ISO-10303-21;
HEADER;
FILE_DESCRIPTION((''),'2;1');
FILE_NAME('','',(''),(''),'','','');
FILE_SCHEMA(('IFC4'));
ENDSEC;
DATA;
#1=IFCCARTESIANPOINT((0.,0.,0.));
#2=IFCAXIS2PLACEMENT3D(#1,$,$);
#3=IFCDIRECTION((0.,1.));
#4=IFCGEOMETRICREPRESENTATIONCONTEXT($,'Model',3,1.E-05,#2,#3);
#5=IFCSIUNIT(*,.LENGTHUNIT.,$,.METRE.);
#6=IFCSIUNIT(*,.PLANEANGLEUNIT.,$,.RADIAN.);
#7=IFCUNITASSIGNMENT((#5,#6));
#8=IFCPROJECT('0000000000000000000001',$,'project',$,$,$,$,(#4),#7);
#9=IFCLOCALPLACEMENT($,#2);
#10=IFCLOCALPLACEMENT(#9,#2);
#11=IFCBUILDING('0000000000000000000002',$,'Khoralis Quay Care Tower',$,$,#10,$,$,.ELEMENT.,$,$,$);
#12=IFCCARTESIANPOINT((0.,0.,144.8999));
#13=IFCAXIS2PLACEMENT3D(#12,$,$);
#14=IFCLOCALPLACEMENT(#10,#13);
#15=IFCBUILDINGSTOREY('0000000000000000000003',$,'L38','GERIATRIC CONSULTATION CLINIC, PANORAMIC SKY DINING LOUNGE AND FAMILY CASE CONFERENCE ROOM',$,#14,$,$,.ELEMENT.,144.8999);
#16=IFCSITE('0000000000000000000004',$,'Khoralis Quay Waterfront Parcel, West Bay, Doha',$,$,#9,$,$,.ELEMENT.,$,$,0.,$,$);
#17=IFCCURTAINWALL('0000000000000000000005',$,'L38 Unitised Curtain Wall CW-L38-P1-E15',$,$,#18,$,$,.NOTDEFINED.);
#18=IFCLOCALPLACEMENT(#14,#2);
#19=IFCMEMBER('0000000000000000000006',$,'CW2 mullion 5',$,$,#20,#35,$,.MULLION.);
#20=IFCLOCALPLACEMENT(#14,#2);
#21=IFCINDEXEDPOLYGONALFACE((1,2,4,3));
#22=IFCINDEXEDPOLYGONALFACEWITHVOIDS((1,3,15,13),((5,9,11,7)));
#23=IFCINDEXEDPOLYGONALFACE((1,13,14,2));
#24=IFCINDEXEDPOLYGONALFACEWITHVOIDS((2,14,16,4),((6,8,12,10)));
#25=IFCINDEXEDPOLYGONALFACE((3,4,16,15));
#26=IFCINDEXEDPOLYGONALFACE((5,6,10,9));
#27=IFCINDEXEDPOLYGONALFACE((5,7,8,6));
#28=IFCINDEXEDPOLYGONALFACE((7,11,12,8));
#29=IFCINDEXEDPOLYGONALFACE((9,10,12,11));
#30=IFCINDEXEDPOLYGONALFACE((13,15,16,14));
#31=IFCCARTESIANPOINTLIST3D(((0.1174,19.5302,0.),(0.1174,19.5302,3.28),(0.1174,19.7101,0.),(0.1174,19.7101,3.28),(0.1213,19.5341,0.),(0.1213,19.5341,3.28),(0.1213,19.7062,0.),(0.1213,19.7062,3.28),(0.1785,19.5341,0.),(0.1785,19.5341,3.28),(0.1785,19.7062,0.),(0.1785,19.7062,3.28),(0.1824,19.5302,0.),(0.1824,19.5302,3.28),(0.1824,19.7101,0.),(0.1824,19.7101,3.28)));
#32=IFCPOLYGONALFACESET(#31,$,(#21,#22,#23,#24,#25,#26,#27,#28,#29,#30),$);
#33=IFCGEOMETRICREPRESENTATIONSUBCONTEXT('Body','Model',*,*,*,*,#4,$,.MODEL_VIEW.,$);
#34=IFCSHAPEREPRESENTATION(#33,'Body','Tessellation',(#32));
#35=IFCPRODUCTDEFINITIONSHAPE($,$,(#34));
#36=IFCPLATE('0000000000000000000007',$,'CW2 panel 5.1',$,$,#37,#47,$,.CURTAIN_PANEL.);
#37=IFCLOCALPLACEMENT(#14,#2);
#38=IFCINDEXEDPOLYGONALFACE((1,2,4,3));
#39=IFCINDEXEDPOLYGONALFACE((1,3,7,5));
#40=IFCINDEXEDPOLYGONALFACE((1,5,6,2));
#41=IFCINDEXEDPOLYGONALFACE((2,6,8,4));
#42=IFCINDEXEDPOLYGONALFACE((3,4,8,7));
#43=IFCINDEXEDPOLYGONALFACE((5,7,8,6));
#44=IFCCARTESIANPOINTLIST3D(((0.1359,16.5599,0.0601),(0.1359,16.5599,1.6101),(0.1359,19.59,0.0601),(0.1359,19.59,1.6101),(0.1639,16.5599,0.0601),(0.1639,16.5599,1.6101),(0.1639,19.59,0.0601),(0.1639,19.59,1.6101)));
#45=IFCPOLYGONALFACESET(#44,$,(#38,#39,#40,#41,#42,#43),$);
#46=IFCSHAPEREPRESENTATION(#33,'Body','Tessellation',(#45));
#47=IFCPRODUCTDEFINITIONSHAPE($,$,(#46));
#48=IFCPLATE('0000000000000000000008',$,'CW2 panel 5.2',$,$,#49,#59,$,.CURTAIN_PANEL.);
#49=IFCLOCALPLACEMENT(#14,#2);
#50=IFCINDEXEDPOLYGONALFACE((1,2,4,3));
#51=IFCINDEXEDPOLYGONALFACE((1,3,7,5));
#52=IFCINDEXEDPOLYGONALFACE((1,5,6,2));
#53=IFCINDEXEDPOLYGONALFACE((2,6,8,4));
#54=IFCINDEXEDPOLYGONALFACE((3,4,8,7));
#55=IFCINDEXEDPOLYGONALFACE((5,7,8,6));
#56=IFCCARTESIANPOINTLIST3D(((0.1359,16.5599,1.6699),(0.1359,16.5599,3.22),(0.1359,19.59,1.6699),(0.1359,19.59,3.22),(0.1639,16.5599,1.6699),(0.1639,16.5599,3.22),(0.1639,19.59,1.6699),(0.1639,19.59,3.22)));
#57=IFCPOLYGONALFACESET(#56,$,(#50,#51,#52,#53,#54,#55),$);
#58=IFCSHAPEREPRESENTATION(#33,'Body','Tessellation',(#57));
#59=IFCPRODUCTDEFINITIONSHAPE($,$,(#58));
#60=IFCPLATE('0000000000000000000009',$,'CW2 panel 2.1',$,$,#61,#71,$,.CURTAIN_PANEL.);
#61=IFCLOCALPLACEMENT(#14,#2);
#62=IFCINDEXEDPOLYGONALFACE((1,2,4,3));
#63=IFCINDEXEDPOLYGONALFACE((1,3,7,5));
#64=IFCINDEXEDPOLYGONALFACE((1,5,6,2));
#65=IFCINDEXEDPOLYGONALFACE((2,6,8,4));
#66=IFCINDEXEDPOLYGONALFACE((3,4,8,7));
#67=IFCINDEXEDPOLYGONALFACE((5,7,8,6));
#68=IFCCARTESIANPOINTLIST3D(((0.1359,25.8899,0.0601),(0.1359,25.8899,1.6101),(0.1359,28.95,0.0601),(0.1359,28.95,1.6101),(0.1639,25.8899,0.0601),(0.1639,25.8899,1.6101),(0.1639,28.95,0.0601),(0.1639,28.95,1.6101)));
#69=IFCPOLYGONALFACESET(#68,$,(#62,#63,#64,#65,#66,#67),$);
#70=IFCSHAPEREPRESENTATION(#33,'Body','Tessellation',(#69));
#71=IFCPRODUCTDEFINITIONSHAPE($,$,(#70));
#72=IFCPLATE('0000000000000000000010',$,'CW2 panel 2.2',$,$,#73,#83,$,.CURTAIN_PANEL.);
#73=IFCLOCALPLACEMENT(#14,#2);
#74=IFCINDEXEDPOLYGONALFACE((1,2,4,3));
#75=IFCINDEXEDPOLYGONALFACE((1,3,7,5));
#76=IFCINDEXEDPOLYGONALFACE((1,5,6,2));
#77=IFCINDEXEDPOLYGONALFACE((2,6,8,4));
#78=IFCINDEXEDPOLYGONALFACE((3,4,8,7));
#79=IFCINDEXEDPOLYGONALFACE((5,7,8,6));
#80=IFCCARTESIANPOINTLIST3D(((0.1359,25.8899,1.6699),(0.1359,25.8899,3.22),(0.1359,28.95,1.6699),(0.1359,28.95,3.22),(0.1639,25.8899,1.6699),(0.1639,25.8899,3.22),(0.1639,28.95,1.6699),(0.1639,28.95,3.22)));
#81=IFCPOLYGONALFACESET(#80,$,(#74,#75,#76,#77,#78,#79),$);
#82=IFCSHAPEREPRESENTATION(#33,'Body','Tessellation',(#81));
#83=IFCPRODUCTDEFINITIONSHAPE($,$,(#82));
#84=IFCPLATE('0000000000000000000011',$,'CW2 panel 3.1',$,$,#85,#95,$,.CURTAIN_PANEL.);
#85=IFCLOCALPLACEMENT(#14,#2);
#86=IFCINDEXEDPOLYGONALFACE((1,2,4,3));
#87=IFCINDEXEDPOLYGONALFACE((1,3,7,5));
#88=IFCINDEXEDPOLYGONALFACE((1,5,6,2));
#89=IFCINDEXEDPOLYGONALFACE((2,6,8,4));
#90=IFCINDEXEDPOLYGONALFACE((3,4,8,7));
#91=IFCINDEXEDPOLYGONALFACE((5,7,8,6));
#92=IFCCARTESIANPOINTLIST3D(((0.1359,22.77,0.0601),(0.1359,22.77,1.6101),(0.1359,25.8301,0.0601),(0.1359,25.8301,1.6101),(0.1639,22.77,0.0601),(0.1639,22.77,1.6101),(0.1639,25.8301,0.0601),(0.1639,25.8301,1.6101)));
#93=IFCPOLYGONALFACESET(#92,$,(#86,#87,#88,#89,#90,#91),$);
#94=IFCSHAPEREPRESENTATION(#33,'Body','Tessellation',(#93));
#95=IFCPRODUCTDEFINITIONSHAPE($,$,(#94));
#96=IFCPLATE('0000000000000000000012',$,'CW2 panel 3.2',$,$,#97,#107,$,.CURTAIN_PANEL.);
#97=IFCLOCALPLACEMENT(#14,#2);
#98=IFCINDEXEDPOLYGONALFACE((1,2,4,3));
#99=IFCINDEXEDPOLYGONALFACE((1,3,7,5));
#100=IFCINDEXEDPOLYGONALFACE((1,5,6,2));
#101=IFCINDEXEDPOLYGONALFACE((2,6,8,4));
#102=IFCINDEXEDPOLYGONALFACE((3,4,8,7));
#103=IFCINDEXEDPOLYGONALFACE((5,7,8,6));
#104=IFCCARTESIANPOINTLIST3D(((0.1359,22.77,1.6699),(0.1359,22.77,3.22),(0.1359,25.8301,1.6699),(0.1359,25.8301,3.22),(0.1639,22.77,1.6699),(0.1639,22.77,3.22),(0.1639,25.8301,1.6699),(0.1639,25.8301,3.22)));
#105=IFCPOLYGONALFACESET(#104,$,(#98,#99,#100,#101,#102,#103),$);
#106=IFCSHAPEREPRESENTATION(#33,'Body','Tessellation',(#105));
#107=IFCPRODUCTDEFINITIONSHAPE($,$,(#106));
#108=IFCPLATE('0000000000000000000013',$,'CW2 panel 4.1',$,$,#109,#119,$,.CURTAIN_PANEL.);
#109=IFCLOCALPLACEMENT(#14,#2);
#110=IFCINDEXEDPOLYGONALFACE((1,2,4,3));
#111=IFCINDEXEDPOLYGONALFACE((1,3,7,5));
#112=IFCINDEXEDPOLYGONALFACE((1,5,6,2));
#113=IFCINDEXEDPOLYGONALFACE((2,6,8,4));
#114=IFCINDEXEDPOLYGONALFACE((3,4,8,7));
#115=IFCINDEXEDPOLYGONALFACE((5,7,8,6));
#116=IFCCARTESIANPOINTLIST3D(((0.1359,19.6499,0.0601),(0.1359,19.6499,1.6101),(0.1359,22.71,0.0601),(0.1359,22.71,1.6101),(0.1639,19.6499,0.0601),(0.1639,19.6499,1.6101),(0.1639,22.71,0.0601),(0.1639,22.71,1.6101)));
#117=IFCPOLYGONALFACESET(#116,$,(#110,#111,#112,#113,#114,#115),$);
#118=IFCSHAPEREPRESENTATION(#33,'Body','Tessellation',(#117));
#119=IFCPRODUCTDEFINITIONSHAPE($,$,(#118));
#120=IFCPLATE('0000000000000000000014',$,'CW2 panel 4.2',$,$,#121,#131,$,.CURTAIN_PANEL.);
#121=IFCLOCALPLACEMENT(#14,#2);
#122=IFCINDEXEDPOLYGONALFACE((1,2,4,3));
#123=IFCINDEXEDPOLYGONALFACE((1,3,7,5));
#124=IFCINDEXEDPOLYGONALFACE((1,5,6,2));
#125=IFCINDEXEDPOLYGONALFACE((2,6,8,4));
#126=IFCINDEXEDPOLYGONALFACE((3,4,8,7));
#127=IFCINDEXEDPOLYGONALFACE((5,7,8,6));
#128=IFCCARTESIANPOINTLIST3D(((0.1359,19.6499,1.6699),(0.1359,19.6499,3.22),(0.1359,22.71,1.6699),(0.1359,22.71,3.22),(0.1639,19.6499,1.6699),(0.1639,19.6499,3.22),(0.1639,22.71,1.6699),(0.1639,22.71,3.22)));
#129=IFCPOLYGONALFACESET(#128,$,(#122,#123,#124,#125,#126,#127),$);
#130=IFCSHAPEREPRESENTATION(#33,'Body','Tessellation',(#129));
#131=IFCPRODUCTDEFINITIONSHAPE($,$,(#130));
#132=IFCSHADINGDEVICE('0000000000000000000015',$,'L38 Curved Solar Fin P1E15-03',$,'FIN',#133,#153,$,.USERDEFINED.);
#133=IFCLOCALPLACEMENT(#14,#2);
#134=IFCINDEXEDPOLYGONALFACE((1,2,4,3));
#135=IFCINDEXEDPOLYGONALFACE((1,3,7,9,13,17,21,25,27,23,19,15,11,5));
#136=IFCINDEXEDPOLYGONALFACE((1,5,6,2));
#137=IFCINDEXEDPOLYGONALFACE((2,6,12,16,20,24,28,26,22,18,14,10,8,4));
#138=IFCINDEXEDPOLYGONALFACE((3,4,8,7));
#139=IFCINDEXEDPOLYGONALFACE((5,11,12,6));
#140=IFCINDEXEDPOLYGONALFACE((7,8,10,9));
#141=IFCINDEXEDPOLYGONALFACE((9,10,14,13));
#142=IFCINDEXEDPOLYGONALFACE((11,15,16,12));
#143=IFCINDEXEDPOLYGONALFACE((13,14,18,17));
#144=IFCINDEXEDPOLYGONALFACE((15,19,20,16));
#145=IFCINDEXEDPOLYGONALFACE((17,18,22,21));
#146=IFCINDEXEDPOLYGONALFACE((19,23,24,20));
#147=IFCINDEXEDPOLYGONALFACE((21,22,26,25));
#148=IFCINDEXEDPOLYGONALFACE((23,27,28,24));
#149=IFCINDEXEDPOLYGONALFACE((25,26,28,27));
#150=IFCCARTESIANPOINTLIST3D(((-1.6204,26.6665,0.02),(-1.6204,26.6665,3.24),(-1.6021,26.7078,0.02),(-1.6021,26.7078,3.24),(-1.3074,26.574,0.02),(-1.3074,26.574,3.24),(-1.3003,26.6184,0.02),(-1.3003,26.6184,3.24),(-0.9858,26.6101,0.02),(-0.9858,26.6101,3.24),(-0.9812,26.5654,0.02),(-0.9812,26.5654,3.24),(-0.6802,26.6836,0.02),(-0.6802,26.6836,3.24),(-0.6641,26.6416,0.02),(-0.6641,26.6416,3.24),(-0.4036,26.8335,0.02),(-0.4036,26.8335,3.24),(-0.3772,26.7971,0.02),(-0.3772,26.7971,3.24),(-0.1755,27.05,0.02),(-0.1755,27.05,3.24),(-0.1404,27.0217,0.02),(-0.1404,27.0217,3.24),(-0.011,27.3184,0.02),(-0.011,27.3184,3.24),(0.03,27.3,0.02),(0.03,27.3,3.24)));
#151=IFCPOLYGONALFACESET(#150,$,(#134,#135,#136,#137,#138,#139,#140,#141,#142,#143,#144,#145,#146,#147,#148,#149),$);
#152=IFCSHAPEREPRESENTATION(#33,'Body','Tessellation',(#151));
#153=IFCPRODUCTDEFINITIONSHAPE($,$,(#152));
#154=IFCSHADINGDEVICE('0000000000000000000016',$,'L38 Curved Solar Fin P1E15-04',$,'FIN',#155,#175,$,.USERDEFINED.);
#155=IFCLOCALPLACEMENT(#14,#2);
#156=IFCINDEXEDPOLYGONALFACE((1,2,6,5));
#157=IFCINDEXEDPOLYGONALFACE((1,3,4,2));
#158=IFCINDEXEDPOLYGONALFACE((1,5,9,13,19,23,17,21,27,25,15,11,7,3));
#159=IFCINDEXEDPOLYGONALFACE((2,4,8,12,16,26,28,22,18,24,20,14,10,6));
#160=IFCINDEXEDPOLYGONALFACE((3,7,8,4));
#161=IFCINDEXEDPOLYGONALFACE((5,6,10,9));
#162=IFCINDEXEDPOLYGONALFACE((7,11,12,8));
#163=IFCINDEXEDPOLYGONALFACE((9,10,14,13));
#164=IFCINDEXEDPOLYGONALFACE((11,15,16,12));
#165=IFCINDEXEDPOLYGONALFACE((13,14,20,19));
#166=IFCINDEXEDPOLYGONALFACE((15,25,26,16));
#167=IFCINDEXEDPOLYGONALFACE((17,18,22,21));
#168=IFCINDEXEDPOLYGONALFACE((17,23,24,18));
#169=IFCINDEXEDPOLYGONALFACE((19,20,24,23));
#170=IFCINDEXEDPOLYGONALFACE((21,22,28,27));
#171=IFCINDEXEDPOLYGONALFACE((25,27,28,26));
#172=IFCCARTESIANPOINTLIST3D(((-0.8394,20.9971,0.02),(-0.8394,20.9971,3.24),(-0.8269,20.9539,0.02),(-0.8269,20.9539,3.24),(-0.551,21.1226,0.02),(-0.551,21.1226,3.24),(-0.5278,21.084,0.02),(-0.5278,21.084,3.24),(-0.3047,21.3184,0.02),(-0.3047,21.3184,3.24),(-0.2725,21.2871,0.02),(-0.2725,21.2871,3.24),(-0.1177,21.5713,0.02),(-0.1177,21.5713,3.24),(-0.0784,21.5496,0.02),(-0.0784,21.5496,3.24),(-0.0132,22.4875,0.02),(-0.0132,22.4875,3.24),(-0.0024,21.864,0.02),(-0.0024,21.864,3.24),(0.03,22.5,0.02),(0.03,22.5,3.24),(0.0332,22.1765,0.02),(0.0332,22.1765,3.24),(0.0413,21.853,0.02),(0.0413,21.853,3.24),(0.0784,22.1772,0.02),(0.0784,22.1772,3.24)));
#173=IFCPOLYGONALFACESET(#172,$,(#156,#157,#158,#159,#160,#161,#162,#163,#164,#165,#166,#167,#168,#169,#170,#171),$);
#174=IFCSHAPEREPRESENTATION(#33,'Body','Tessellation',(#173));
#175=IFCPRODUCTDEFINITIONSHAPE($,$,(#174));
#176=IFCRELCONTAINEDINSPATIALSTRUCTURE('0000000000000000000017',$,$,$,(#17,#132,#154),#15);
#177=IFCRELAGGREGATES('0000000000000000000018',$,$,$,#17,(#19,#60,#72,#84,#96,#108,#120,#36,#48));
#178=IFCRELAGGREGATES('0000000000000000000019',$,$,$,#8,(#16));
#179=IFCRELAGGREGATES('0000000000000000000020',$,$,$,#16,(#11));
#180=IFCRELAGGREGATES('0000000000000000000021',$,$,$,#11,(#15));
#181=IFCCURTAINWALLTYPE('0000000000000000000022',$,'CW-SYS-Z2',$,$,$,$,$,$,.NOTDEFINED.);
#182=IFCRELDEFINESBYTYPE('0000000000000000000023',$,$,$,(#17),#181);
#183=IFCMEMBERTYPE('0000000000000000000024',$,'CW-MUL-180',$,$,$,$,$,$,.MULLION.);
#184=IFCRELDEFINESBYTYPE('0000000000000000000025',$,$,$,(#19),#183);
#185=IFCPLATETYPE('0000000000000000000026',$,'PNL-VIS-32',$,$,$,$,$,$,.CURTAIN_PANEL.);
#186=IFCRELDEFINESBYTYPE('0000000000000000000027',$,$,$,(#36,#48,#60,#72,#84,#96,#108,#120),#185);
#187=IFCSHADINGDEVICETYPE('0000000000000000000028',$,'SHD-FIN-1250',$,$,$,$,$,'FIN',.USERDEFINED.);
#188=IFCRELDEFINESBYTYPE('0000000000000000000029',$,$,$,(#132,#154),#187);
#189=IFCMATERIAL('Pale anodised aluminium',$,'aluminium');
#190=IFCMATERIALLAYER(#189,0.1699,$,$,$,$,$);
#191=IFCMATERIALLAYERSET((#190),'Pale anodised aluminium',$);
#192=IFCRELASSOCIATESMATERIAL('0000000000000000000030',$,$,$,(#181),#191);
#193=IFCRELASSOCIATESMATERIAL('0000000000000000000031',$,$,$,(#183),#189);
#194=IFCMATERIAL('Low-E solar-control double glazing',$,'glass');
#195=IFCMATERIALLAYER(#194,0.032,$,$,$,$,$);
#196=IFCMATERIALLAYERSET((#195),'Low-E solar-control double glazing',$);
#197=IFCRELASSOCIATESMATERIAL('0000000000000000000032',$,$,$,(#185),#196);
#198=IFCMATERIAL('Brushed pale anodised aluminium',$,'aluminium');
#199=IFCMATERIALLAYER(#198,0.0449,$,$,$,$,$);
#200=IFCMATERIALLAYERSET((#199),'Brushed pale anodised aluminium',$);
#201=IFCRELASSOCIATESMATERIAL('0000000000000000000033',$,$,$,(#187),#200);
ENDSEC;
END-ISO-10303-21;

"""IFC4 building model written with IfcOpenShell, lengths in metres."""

from ifc_helpers import new_model, si_unit, direction, frame, origin, origin_2d, place, context, subcontext, project, spatial, polyline, rectangle, hollow_rectangle, outline, extrude, source, transform, mapped, material, layer, layer_set, material_profile, profile_set, type_object, element, aggregate, save


model = new_model("IFC4")

# Units and contexts
model_context = context("Model", 3, precision=1e-05, world=origin(), true_north=direction((0.0, 1.0)))
body_context = subcontext(model_context, "Body", "Model", "MODEL_VIEW")
ifc_project = project(units=[si_unit("LENGTHUNIT", "METRE"), si_unit("PLANEANGLEUNIT", "RADIAN")], contexts=[model_context])

# Site, building, storey
site_placement = place(None, origin())
site = spatial("IfcSite", under=ifc_project, at=site_placement, Name="Khoralis Quay Waterfront Parcel, West Bay, Doha", CompositionType="ELEMENT", RefElevation=0.0)
building_placement = place(site_placement, origin())
building = spatial("IfcBuilding", under=site, at=building_placement, Name="Khoralis Quay Care Tower", CompositionType="ELEMENT")
storey_placement = place(building_placement, frame((0.0, 0.0, 144.8999)))
storey = spatial("IfcBuildingStorey", under=building, at=storey_placement, Name="L38", Description="GERIATRIC CONSULTATION CLINIC, PANORAMIC SKY DINING LOUNGE AND FAMILY CASE CONFERENCE ROOM", CompositionType="ELEMENT", Elevation=144.8999)

# Curtain wall, member, plates
ifc_material_1 = material(Name="Pale anodised aluminium", Category="aluminium")
ifc_layer_1 = layer(ifc_material_1, 0.1699)
ifc_layer_set_1 = layer_set([ifc_layer_1], Name="Pale anodised aluminium")
curtain_wall_type = type_object("IfcCurtainWallType", Name="CW-SYS-Z2", PredefinedType="NOTDEFINED", material=ifc_layer_set_1)
curtain_wall_placement = place(storey_placement, origin())
curtain_wall = element("IfcCurtainWall", 1, at=curtain_wall_placement, inside=storey, type_object=curtain_wall_type, Name="L38 Unitised Curtain Wall CW-L38-P1-E15", PredefinedType="NOTDEFINED")
ifc_material_profile_1 = material_profile(ifc_material_1, hollow_rectangle(XDim=0.0649, YDim=0.1799, WallThickness=0.0039, at=origin_2d()), Name="Pale anodised aluminium")
ifc_profile_set_1 = profile_set([ifc_material_profile_1], Name="Pale anodised aluminium")
member_type_1 = type_object("IfcMemberType", Name="CW-MUL-180", PredefinedType="MULLION", material=ifc_profile_set_1)
shared_shape_1 = source(origin(), body_context, "Body", "SweptSolid", [
    extrude(hollow_rectangle(XDim=0.0649, YDim=0.1799, WallThickness=0.0039, at=origin_2d()), origin(), (0.0, 0.0, 1.0), 3.28),
])
member_1_placement = place(storey_placement, frame((0.1499, 19.6201, 0.0), z_axis=(0.0, 0.0, 1.0), x_axis=(1.0, 0.0, 0.0)))
member_1 = element("IfcMember", 2, at=member_1_placement, type_object=member_type_1, Name="CW2 mullion 5", PredefinedType="MULLION", context=body_context, shape_type="MappedRepresentation", body=[
    mapped(shared_shape_1, transform((0.0, 0.0, 0.0), scale=1.0)),
])
ifc_material_2 = material(Name="Low-E solar-control double glazing", Category="glass")
ifc_layer_2 = layer(ifc_material_2, 0.032)
ifc_layer_set_2 = layer_set([ifc_layer_2], Name="Low-E solar-control double glazing")
plate_type = type_object("IfcPlateType", Name="PNL-VIS-32", PredefinedType="CURTAIN_PANEL", material=ifc_layer_set_2)
shared_shape_2 = source(origin(), body_context, "Body", "SweptSolid", [
    extrude(rectangle(XDim=3.03, YDim=0.0281, at=origin_2d()), origin(), (0.0, 0.0, 1.0), 1.55),
])
plate_1_placement = place(storey_placement, frame((0.1499, 18.075, 0.0601), z_axis=(0.0, 0.0, 1.0), x_axis=(0.0, -1.0, 0.0)))
plate_1 = element("IfcPlate", 3, at=plate_1_placement, type_object=plate_type, Name="CW2 panel 5.1", PredefinedType="CURTAIN_PANEL", context=body_context, shape_type="MappedRepresentation", body=[
    mapped(shared_shape_2, transform((0.0, 0.0, 0.0), scale=1.0)),
])
plate_2_placement = place(storey_placement, frame((0.1499, 18.075, 1.6699), z_axis=(0.0, 0.0, 1.0), x_axis=(0.0, -1.0, 0.0)))
plate_2 = element("IfcPlate", 4, at=plate_2_placement, type_object=plate_type, Name="CW2 panel 5.2", PredefinedType="CURTAIN_PANEL", context=body_context, shape_type="MappedRepresentation", body=[
    mapped(shared_shape_2, transform((0.0, 0.0, 0.0), scale=1.0)),
])
shared_shape_3 = source(origin(), body_context, "Body", "SweptSolid", [
    extrude(rectangle(XDim=3.0601, YDim=0.0281, at=origin_2d()), origin(), (0.0, 0.0, 1.0), 1.55),
])
plate_3_placement = place(storey_placement, frame((0.1499, 27.4199, 0.0601), z_axis=(0.0, 0.0, 1.0), x_axis=(0.0, -1.0, 0.0)))
plate_3 = element("IfcPlate", 5, at=plate_3_placement, type_object=plate_type, Name="CW2 panel 2.1", PredefinedType="CURTAIN_PANEL", context=body_context, shape_type="MappedRepresentation", body=[
    mapped(shared_shape_3, transform((0.0, 0.0, 0.0), scale=1.0)),
])
plate_4_placement = place(storey_placement, frame((0.1499, 27.4199, 1.6699), z_axis=(0.0, 0.0, 1.0), x_axis=(0.0, -1.0, 0.0)))
plate_4 = element("IfcPlate", 6, at=plate_4_placement, type_object=plate_type, Name="CW2 panel 2.2", PredefinedType="CURTAIN_PANEL", context=body_context, shape_type="MappedRepresentation", body=[
    mapped(shared_shape_3, transform((0.0, 0.0, 0.0), scale=1.0)),
])
plate_5_placement = place(storey_placement, frame((0.1499, 24.3, 0.0601), z_axis=(0.0, 0.0, 1.0), x_axis=(0.0, -1.0, 0.0)))
plate_5 = element("IfcPlate", 7, at=plate_5_placement, type_object=plate_type, Name="CW2 panel 3.1", PredefinedType="CURTAIN_PANEL", context=body_context, shape_type="MappedRepresentation", body=[
    mapped(shared_shape_3, transform((0.0, 0.0, 0.0), scale=1.0)),
])
plate_6_placement = place(storey_placement, frame((0.1499, 24.3, 1.6699), z_axis=(0.0, 0.0, 1.0), x_axis=(0.0, -1.0, 0.0)))
plate_6 = element("IfcPlate", 8, at=plate_6_placement, type_object=plate_type, Name="CW2 panel 3.2", PredefinedType="CURTAIN_PANEL", context=body_context, shape_type="MappedRepresentation", body=[
    mapped(shared_shape_3, transform((0.0, 0.0, 0.0), scale=1.0)),
])
plate_7_placement = place(storey_placement, frame((0.1499, 21.1799, 0.0601), z_axis=(0.0, 0.0, 1.0), x_axis=(0.0, -1.0, 0.0)))
plate_7 = element("IfcPlate", 9, at=plate_7_placement, type_object=plate_type, Name="CW2 panel 4.1", PredefinedType="CURTAIN_PANEL", context=body_context, shape_type="MappedRepresentation", body=[
    mapped(shared_shape_3, transform((0.0, 0.0, 0.0), scale=1.0)),
])
plate_8_placement = place(storey_placement, frame((0.1499, 21.1799, 1.6699), z_axis=(0.0, 0.0, 1.0), x_axis=(0.0, -1.0, 0.0)))
plate_8 = element("IfcPlate", 10, at=plate_8_placement, type_object=plate_type, Name="CW2 panel 4.2", PredefinedType="CURTAIN_PANEL", context=body_context, shape_type="MappedRepresentation", body=[
    mapped(shared_shape_3, transform((0.0, 0.0, 0.0), scale=1.0)),
])
aggregate(curtain_wall, [member_1, plate_3, plate_4, plate_5, plate_6, plate_7, plate_8, plate_1, plate_2])

# Shading devices
ifc_material_3 = material(Name="Brushed pale anodised aluminium", Category="aluminium")
ifc_layer_3 = layer(ifc_material_3, 0.0449)
ifc_layer_set_3 = layer_set([ifc_layer_3], Name="Brushed pale anodised aluminium")
shading_device_type = type_object("IfcShadingDeviceType", Name="SHD-FIN-1250", ElementType="FIN", PredefinedType="USERDEFINED", material=ifc_layer_set_3)
shared_shape_4 = source(origin(), body_context, "Body", "SweptSolid", [
    extrude(outline(polyline([(0.0, 0.0), (0.1704, 0.2783), (0.4072, 0.5029), (0.6941, 0.6584), (1.0112, 0.7346), (1.3374, 0.7261), (1.6504, 0.6335), (1.6321, 0.5923), (1.3303, 0.6816), (1.0159, 0.6899), (0.7102, 0.6165), (0.4336, 0.4666), (0.2056, 0.25), (0.041, -0.0183), (0.0, 0.0)])), origin(), (0.0, 0.0, 1.0), 3.22),
])
shading_device_1_placement = place(storey_placement, frame((0.03, 27.3, 0.02), z_axis=(0.0, 0.0, 1.0), x_axis=(-1.0, 0.0, 0.0)))
element("IfcShadingDevice", 11, at=shading_device_1_placement, inside=storey, type_object=shading_device_type, Name="L38 Curved Solar Fin P1E15-03", ObjectType="FIN", PredefinedType="USERDEFINED", context=body_context, shape_type="MappedRepresentation", body=[
    mapped(shared_shape_4, transform((0.0, 0.0, 0.0), scale=1.0)),
])
shared_shape_5 = source(origin(), body_context, "Body", "SweptSolid", [
    extrude(outline(polyline([(0.0, 0.0), (-0.0483, 0.3228), (-0.0112, 0.647), (0.1084, 0.9504), (0.3025, 1.2129), (0.5579, 1.416), (0.8569, 1.5461), (0.8694, 1.5029), (0.5811, 1.3774), (0.3347, 1.1816), (0.1477, 0.9287), (0.0325, 0.636), (-0.0032, 0.3235), (0.0432, 0.0125), (0.0, 0.0)])), origin(), (0.0, 0.0, 1.0), 3.22),
])
shading_device_2_placement = place(storey_placement, frame((0.03, 22.5, 0.02), z_axis=(0.0, 0.0, 1.0), x_axis=(-1.0, 0.0, 0.0)))
element("IfcShadingDevice", 12, at=shading_device_2_placement, inside=storey, type_object=shading_device_type, Name="L38 Curved Solar Fin P1E15-04", ObjectType="FIN", PredefinedType="USERDEFINED", context=body_context, shape_type="MappedRepresentation", body=[
    mapped(shared_shape_5, transform((0.0, 0.0, 0.0), scale=1.0)),
])

save(model, "model.ifc")
